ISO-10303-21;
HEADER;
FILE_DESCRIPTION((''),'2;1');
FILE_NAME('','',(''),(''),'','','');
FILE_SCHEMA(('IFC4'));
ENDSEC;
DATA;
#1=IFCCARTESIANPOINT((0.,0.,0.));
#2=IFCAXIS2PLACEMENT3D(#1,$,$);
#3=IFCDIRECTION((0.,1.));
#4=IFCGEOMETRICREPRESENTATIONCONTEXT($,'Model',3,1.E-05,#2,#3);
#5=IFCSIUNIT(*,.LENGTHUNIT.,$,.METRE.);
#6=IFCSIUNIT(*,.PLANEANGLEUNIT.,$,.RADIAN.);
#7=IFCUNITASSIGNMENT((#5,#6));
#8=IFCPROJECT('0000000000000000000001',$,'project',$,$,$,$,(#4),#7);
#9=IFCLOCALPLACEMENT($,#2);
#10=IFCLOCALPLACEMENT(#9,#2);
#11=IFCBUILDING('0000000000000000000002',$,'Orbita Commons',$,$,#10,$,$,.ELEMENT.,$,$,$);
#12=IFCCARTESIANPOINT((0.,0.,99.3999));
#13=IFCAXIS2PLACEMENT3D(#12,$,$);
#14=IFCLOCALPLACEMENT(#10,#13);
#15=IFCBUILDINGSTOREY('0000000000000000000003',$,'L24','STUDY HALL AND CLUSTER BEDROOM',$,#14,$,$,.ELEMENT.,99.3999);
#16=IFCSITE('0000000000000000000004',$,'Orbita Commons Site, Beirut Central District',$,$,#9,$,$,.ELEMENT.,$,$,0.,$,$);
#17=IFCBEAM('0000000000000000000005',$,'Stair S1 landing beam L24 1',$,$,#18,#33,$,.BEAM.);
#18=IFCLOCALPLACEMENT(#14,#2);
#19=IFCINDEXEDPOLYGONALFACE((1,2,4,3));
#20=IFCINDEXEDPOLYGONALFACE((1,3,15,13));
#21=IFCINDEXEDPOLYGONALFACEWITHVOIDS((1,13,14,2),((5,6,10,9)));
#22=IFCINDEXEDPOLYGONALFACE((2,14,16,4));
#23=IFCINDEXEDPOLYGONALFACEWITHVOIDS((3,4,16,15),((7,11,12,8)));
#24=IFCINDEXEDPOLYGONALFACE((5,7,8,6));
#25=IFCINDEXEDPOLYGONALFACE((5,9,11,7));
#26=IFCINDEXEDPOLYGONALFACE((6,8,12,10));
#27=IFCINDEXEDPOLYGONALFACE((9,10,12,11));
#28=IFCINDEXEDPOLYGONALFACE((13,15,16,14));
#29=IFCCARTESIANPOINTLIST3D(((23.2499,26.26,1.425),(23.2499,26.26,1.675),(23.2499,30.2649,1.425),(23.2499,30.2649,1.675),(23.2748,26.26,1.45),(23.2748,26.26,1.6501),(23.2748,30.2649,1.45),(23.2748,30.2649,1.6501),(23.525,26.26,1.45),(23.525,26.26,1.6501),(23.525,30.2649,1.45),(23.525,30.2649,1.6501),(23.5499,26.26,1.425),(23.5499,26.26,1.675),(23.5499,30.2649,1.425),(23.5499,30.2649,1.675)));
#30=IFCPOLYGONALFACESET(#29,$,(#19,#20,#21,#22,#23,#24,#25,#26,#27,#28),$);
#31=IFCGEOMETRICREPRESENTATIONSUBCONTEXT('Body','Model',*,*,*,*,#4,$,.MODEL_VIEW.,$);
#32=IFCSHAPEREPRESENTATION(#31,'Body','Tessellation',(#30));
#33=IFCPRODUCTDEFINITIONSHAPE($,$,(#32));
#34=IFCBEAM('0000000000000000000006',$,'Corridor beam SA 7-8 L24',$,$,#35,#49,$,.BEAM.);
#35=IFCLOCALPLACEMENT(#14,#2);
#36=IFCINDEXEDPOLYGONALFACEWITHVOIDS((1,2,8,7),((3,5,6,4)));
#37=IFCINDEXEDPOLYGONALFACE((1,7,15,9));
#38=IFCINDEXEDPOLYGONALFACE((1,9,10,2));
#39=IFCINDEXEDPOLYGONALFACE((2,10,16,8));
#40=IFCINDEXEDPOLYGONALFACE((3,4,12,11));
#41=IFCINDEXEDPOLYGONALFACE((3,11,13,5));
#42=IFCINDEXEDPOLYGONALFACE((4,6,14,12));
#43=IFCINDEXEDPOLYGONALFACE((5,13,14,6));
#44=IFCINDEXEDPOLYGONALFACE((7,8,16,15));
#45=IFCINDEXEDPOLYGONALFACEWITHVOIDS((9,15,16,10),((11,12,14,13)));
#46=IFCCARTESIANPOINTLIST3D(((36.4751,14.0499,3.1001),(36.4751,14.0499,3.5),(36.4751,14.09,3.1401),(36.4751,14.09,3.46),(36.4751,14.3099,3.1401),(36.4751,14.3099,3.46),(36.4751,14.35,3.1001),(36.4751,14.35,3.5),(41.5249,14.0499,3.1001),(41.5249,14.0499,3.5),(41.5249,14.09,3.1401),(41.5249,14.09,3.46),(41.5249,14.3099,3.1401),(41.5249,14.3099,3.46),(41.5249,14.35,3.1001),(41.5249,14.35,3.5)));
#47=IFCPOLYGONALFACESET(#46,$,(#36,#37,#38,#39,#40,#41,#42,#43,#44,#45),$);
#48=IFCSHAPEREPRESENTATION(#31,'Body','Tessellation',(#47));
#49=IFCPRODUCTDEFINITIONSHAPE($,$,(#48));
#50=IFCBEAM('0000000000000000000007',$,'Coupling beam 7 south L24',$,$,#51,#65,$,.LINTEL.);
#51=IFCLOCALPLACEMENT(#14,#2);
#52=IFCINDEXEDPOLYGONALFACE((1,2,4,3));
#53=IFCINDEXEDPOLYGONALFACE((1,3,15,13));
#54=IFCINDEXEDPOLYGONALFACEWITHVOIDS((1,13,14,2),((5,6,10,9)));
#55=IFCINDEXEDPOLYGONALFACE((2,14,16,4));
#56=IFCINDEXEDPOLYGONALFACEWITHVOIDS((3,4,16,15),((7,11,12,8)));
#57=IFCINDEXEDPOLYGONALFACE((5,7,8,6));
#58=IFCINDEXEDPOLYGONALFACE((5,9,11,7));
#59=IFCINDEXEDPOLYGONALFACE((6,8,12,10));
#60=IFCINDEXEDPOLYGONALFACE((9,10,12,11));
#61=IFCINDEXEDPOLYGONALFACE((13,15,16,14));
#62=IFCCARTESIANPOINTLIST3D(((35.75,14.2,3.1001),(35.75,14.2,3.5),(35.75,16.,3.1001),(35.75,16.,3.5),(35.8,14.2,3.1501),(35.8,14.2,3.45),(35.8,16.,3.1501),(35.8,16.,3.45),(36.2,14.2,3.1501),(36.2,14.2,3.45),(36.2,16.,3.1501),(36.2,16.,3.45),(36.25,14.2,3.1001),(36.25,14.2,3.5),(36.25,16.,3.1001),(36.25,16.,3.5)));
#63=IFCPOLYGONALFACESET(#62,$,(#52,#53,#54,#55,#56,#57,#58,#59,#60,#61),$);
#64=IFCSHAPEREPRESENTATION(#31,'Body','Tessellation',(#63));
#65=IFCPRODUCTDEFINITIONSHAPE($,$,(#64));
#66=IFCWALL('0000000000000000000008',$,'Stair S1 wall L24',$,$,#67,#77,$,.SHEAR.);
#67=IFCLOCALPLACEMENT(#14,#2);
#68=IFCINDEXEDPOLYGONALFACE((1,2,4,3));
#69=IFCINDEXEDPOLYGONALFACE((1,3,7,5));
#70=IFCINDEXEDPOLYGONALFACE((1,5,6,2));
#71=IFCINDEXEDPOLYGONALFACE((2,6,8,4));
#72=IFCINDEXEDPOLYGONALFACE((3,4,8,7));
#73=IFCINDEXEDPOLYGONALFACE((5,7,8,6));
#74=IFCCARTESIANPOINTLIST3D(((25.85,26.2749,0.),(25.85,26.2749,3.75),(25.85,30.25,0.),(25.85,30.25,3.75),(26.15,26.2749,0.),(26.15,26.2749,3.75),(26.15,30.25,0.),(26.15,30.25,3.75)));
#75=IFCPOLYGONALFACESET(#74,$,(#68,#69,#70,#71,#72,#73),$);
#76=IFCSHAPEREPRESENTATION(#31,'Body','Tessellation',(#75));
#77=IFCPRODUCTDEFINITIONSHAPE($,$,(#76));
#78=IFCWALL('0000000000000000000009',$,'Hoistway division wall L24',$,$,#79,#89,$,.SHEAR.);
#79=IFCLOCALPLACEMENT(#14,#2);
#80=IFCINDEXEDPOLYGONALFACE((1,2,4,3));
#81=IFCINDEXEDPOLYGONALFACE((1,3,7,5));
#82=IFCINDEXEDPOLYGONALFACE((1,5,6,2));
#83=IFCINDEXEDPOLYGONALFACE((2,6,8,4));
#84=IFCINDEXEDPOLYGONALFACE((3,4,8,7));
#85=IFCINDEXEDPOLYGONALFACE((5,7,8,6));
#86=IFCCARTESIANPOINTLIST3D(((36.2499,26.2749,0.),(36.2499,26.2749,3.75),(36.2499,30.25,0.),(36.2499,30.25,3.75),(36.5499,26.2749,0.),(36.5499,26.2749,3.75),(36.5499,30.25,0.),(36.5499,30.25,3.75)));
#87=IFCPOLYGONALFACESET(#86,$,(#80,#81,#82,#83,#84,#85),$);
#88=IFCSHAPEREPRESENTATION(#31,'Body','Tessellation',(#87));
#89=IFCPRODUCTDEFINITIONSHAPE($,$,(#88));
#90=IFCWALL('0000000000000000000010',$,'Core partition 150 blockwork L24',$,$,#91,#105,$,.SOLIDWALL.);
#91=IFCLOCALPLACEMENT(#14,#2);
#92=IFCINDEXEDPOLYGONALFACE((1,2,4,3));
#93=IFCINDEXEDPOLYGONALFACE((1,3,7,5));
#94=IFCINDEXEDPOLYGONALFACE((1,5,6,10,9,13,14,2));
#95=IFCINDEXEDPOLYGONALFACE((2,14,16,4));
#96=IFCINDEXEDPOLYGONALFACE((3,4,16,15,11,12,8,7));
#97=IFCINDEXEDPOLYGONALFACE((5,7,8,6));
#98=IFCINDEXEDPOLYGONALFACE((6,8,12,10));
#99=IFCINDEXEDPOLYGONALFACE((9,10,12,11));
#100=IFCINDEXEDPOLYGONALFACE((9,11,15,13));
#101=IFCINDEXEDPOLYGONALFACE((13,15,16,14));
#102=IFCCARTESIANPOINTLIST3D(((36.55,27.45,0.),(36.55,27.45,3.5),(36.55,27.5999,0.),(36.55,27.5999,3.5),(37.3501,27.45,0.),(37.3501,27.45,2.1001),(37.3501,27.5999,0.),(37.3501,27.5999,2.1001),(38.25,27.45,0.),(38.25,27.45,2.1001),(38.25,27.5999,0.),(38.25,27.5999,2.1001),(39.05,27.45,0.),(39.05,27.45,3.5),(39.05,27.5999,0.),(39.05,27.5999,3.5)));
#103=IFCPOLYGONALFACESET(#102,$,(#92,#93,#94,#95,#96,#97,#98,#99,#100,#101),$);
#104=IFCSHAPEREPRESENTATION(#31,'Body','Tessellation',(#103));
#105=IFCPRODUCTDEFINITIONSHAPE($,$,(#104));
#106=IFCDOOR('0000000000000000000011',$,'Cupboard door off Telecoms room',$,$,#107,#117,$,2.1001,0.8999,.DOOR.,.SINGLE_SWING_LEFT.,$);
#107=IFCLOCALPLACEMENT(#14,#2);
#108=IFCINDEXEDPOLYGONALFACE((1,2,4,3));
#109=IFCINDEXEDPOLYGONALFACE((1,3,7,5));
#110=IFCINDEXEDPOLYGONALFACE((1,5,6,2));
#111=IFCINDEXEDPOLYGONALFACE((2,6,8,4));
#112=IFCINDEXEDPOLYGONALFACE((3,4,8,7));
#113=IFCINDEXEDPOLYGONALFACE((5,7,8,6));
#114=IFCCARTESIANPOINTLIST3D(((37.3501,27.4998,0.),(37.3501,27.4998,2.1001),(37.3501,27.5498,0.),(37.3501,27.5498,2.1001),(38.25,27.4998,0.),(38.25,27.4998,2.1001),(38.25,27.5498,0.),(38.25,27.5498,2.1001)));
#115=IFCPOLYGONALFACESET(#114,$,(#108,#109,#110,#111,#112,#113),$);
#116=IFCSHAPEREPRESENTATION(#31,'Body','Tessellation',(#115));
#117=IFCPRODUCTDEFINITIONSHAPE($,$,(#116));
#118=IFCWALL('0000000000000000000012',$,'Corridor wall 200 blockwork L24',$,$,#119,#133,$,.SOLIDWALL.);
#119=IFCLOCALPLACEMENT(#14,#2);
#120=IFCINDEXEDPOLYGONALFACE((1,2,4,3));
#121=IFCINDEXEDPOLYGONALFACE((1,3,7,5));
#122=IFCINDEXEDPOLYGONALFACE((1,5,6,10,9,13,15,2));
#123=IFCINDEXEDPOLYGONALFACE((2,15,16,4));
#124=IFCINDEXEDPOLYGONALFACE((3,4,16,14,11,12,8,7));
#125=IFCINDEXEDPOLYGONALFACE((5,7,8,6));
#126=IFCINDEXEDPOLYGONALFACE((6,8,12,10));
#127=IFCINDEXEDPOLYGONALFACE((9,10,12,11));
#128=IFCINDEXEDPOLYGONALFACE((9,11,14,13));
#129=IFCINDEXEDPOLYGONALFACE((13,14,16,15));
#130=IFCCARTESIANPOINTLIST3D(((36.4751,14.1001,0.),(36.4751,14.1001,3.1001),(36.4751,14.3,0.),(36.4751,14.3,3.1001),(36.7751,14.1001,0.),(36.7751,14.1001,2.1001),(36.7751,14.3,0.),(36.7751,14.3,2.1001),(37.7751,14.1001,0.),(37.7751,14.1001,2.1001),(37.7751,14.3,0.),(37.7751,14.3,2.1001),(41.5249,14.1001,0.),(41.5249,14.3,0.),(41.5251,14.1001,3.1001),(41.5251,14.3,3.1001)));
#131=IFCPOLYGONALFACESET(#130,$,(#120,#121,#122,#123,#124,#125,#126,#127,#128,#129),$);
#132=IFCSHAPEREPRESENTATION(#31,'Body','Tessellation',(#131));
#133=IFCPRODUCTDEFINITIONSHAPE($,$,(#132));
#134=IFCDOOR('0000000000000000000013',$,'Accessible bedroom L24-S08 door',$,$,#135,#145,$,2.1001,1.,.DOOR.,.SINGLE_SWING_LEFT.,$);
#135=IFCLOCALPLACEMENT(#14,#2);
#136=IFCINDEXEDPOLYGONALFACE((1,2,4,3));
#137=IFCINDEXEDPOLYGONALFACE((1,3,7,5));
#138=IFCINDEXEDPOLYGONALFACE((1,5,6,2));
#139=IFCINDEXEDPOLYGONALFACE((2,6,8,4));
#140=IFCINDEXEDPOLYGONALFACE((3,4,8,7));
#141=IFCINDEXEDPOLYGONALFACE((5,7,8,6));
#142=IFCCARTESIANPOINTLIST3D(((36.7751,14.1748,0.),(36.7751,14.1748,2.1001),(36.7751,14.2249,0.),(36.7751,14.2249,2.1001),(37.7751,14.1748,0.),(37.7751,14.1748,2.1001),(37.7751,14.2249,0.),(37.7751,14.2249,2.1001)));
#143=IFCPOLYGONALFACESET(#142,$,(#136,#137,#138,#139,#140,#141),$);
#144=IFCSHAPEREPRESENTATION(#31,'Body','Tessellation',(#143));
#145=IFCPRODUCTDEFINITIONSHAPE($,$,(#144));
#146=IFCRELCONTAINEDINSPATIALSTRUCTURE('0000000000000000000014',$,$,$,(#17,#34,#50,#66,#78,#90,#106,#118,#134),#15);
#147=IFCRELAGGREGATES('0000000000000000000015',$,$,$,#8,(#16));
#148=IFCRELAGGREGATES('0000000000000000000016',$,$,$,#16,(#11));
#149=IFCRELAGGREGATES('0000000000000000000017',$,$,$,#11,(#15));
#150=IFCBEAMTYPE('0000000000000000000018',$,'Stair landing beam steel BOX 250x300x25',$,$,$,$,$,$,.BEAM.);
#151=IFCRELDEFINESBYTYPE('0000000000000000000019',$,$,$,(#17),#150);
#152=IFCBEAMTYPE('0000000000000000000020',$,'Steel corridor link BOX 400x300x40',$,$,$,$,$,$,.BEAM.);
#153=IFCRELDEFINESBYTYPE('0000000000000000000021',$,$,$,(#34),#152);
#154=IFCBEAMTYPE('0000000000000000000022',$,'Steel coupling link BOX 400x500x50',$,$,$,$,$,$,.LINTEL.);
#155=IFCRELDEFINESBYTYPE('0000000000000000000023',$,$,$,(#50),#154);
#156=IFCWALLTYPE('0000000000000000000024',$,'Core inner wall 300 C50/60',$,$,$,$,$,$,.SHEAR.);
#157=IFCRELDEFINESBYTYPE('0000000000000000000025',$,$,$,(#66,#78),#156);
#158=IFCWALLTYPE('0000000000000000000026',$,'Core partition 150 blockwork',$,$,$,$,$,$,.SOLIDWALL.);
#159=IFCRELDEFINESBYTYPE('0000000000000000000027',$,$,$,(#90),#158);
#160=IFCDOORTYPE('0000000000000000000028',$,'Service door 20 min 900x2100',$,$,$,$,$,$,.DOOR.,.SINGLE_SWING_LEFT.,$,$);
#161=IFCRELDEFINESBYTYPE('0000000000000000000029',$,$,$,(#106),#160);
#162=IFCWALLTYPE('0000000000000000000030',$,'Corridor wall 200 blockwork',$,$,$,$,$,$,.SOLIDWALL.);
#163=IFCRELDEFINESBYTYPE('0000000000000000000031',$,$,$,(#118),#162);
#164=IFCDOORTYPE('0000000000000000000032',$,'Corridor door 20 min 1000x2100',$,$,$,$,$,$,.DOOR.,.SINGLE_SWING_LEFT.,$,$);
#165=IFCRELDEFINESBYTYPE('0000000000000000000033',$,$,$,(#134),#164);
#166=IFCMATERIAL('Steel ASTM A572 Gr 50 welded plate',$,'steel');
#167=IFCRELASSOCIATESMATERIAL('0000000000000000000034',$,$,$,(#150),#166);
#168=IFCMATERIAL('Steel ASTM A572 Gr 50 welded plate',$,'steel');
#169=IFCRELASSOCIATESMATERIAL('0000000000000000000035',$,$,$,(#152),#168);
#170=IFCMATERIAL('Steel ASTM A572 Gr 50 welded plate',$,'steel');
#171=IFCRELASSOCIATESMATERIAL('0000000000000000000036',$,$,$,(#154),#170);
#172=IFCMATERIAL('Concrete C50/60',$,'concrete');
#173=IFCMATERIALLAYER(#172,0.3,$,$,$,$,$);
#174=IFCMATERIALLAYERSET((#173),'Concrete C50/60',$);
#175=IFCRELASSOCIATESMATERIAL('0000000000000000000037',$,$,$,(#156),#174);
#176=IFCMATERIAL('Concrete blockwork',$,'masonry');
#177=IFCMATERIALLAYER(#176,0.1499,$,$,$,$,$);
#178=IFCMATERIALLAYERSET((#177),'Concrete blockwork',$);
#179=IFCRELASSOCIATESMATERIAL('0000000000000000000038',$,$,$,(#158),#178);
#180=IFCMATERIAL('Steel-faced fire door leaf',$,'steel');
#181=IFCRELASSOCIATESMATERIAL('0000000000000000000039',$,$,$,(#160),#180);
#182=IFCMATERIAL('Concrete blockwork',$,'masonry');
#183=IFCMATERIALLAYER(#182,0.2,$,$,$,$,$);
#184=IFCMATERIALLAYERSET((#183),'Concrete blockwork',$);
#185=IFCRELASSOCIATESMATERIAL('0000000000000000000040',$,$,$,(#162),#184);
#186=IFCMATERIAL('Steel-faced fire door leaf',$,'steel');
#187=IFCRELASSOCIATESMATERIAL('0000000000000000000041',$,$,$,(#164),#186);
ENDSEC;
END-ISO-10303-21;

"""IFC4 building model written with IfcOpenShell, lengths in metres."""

from ifc_helpers import new_model, si_unit, direction, frame, frame_2d, origin, origin_2d, place, context, subcontext, project, spatial, polyline, rectangle, hollow_rectangle, outline, extrude, material, layer, layer_set, material_profile, profile_set, type_object, element, fill, save


model = new_model("IFC4")

# Units and contexts
model_context = context("Model", 3, precision=1e-05, world=origin(), true_north=direction((0.0, 1.0)))
body_context = subcontext(model_context, "Body", "Model", "MODEL_VIEW")
ifc_project = project(units=[si_unit("LENGTHUNIT", "METRE"), si_unit("PLANEANGLEUNIT", "RADIAN")], contexts=[model_context])

# Site, building, storey
site_placement = place(None, origin())
site = spatial("IfcSite", under=ifc_project, at=site_placement, Name="Orbita Commons Site, Beirut Central District", CompositionType="ELEMENT", RefElevation=0.0)
building_placement = place(site_placement, origin())
building = spatial("IfcBuilding", under=site, at=building_placement, Name="Orbita Commons", CompositionType="ELEMENT")
storey_placement = place(building_placement, frame((0.0, 0.0, 99.3999)))
storey = spatial("IfcBuildingStorey", under=building, at=storey_placement, Name="L24", Description="STUDY HALL AND CLUSTER BEDROOM", CompositionType="ELEMENT", Elevation=99.3999)

# Beams
ifc_material_1 = material(Name="Steel ASTM A572 Gr 50 welded plate", Category="steel")
ifc_material_profile_1 = material_profile(ifc_material_1, hollow_rectangle(XDim=0.3, YDim=0.25, WallThickness=0.0249, at=origin_2d()), Name="BOX 250x300x25")
ifc_profile_set_1 = profile_set([ifc_material_profile_1], Name="Steel ASTM A572 Gr 50 welded plate")
beam_type_1 = type_object("IfcBeamType", Name="Stair landing beam steel BOX 250x300x25", PredefinedType="BEAM", material=ifc_profile_set_1)
beam_1_placement = place(storey_placement, frame((23.3999, 26.26, 1.55), z_axis=(0.0, 1.0, 0.0), x_axis=(-1.0, 0.0, 0.0)))
element("IfcBeam", 1, at=beam_1_placement, inside=storey, type_object=beam_type_1, Name="Stair S1 landing beam L24 1", PredefinedType="BEAM", context=body_context, shape_type="SweptSolid", body=[
    extrude(hollow_rectangle(XDim=0.3, YDim=0.25, WallThickness=0.0249, at=origin_2d()), origin(), (0.0, 0.0, 1.0), 4.0049),
])
ifc_material_2 = material(Name="Steel ASTM A572 Gr 50 welded plate", Category="steel")
ifc_material_profile_2 = material_profile(ifc_material_2, hollow_rectangle(XDim=0.3, YDim=0.3999, WallThickness=0.04, at=origin_2d()), Name="BOX 400x300x40")
ifc_profile_set_2 = profile_set([ifc_material_profile_2], Name="Steel ASTM A572 Gr 50 welded plate")
beam_type_2 = type_object("IfcBeamType", Name="Steel corridor link BOX 400x300x40", PredefinedType="BEAM", material=ifc_profile_set_2)
beam_2_placement = place(storey_placement, frame((36.4751, 14.2, 3.3), z_axis=(1.0, 0.0, 0.0), x_axis=(0.0, 1.0, 0.0)))
element("IfcBeam", 2, at=beam_2_placement, inside=storey, type_object=beam_type_2, Name="Corridor beam SA 7-8 L24", PredefinedType="BEAM", context=body_context, shape_type="SweptSolid", body=[
    extrude(hollow_rectangle(XDim=0.3, YDim=0.3999, WallThickness=0.04, at=origin_2d()), origin(), (0.0, 0.0, 1.0), 5.0498),
])
ifc_material_3 = material(Name="Steel ASTM A572 Gr 50 welded plate", Category="steel")
ifc_material_profile_3 = material_profile(ifc_material_3, hollow_rectangle(XDim=0.5, YDim=0.3999, WallThickness=0.05, at=origin_2d()), Name="BOX 400x500x50")
ifc_profile_set_3 = profile_set([ifc_material_profile_3], Name="Steel ASTM A572 Gr 50 welded plate")
beam_type_3 = type_object("IfcBeamType", Name="Steel coupling link BOX 400x500x50", PredefinedType="LINTEL", material=ifc_profile_set_3)
beam_3_placement = place(storey_placement, frame((36.0, 14.2, 3.3), z_axis=(0.0, 1.0, 0.0), x_axis=(-1.0, 0.0, 0.0)))
element("IfcBeam", 3, at=beam_3_placement, inside=storey, type_object=beam_type_3, Name="Coupling beam 7 south L24", PredefinedType="LINTEL", context=body_context, shape_type="SweptSolid", body=[
    extrude(hollow_rectangle(XDim=0.5, YDim=0.3999, WallThickness=0.05, at=origin_2d()), origin(), (0.0, 0.0, 1.0), 1.8),
])

# Walls
ifc_material_4 = material(Name="Concrete C50/60", Category="concrete")
ifc_layer_1 = layer(ifc_material_4, 0.3)
ifc_layer_set_1 = layer_set([ifc_layer_1], Name="Concrete C50/60")
wall_type_1 = type_object("IfcWallType", Name="Core inner wall 300 C50/60", PredefinedType="SHEAR", material=ifc_layer_set_1)
for number, where, z_axis, x_axis, name in (
    (4, (26.0, 26.2749, 0.0), (0.0, 0.0, 1.0), (0.0, 1.0, 0.0), "Stair S1 wall L24"),
    (5, (36.3999, 26.2749, 0.0), (0.0, 0.0, 1.0), (0.0, 1.0, 0.0), "Hoistway division wall L24"),
):
    element("IfcWall", number, at=place(storey_placement, frame(where, z_axis=z_axis, x_axis=x_axis)), inside=storey, type_object=wall_type_1, Name=name, PredefinedType="SHEAR", context=body_context, shape_type="SweptSolid", body=[
        extrude(rectangle(XDim=3.9751, YDim=0.3, at=frame_2d((1.9875, 0.0))), origin(), (0.0, 0.0, 1.0), 3.75),
    ])

# Walls, openings, doors
ifc_material_5 = material(Name="Concrete blockwork", Category="masonry")
ifc_layer_2 = layer(ifc_material_5, 0.1499)
ifc_layer_set_2 = layer_set([ifc_layer_2], Name="Concrete blockwork")
wall_type_2 = type_object("IfcWallType", Name="Core partition 150 blockwork", PredefinedType="SOLIDWALL", material=ifc_layer_set_2)
wall_1_placement = place(storey_placement, frame((36.55, 27.5249, 0.0), z_axis=(0.0, 0.0, 1.0), x_axis=(1.0, 0.0, 0.0)))
wall_1 = element("IfcWall", 6, at=wall_1_placement, inside=storey, type_object=wall_type_2, Name="Core partition 150 blockwork L24", PredefinedType="SOLIDWALL", context=body_context, shape_type="SweptSolid", body=[
    extrude(rectangle(XDim=2.5, YDim=0.1499, at=frame_2d((1.25, 0.0))), origin(), (0.0, 0.0, 1.0), 3.5),
])
opening_1_placement = place(wall_1_placement, frame((0.8, 0.0, 0.0)))
opening_1 = element("IfcOpeningElement", 7, at=opening_1_placement, cuts=wall_1, PredefinedType="OPENING", context=body_context, shape_type="SweptSolid", body=[
    extrude(rectangle(XDim=0.8999, YDim=2.1001, at=frame_2d((0.45, 1.05))), frame((0.0, 0.085, 0.0), z_axis=(0.0, -1.0, 0.0), x_axis=(1.0, 0.0, 0.0)), (0.0, 0.0, 1.0), 0.1699),
])
ifc_material_6 = material(Name="Steel-faced fire door leaf", Category="steel")
door_type_1 = type_object("IfcDoorType", Name="Service door 20 min 900x2100", OperationType="SINGLE_SWING_LEFT", PredefinedType="DOOR", material=ifc_material_6)
door_1_placement = place(opening_1_placement, origin())
door_1 = element("IfcDoor", 8, at=door_1_placement, inside=storey, type_object=door_type_1, Name="Cupboard door off Telecoms room", OperationType="SINGLE_SWING_LEFT", OverallHeight=2.1001, OverallWidth=0.8999, PredefinedType="DOOR", context=body_context, shape_type="SweptSolid", body=[
    extrude(rectangle(XDim=0.8999, YDim=2.1001, at=frame_2d((0.45, 1.05))), frame((0.0, 0.0249, 0.0), z_axis=(0.0, -1.0, 0.0), x_axis=(1.0, 0.0, 0.0)), (0.0, 0.0, 1.0), 0.05),
])
fill(opening_1, door_1)
ifc_material_7 = material(Name="Concrete blockwork", Category="masonry")
ifc_layer_3 = layer(ifc_material_7, 0.2)
ifc_layer_set_3 = layer_set([ifc_layer_3], Name="Concrete blockwork")
wall_type_3 = type_object("IfcWallType", Name="Corridor wall 200 blockwork", PredefinedType="SOLIDWALL", material=ifc_layer_set_3)
wall_2_placement = place(storey_placement, frame((36.4751, 14.2, 0.0), z_axis=(0.0, 0.0, 1.0), x_axis=(1.0, 0.0, 0.0)))
wall_2 = element("IfcWall", 9, at=wall_2_placement, inside=storey, type_object=wall_type_3, Name="Corridor wall 200 blockwork L24", PredefinedType="SOLIDWALL", context=body_context, shape_type="SweptSolid", body=[
    extrude(outline(polyline([(0.0, 0.0), (5.0498, 0.0), (5.05, 3.1001), (0.0, 3.1001), (0.0, 0.0)])), frame((0.0, 0.1001, 0.0), z_axis=(0.0, -1.0, 0.0), x_axis=(1.0, 0.0, 0.0)), (0.0, 0.0, 1.0), 0.2),
])
opening_2_placement = place(wall_2_placement, frame((0.3, 0.0, 0.0)))
opening_2 = element("IfcOpeningElement", 10, at=opening_2_placement, cuts=wall_2, PredefinedType="OPENING", context=body_context, shape_type="SweptSolid", body=[
    extrude(rectangle(XDim=1.0, YDim=2.1001, at=frame_2d((0.5, 1.05))), frame((0.0, 0.1099, 0.0), z_axis=(0.0, -1.0, 0.0), x_axis=(1.0, 0.0, 0.0)), (0.0, 0.0, 1.0), 0.22),
])
ifc_material_8 = material(Name="Steel-faced fire door leaf", Category="steel")
door_type_2 = type_object("IfcDoorType", Name="Corridor door 20 min 1000x2100", OperationType="SINGLE_SWING_LEFT", PredefinedType="DOOR", material=ifc_material_8)
door_2_placement = place(opening_2_placement, origin())
door_2 = element("IfcDoor", 11, at=door_2_placement, inside=storey, type_object=door_type_2, Name="Accessible bedroom L24-S08 door", OperationType="SINGLE_SWING_LEFT", OverallHeight=2.1001, OverallWidth=1.0, PredefinedType="DOOR", context=body_context, shape_type="SweptSolid", body=[
    extrude(rectangle(XDim=1.0, YDim=2.1001, at=frame_2d((0.5, 1.05))), frame((0.0, 0.0249, 0.0), z_axis=(0.0, -1.0, 0.0), x_axis=(1.0, 0.0, 0.0)), (0.0, 0.0, 1.0), 0.05),
])
fill(opening_2, door_2)

save(model, "model.ifc")
